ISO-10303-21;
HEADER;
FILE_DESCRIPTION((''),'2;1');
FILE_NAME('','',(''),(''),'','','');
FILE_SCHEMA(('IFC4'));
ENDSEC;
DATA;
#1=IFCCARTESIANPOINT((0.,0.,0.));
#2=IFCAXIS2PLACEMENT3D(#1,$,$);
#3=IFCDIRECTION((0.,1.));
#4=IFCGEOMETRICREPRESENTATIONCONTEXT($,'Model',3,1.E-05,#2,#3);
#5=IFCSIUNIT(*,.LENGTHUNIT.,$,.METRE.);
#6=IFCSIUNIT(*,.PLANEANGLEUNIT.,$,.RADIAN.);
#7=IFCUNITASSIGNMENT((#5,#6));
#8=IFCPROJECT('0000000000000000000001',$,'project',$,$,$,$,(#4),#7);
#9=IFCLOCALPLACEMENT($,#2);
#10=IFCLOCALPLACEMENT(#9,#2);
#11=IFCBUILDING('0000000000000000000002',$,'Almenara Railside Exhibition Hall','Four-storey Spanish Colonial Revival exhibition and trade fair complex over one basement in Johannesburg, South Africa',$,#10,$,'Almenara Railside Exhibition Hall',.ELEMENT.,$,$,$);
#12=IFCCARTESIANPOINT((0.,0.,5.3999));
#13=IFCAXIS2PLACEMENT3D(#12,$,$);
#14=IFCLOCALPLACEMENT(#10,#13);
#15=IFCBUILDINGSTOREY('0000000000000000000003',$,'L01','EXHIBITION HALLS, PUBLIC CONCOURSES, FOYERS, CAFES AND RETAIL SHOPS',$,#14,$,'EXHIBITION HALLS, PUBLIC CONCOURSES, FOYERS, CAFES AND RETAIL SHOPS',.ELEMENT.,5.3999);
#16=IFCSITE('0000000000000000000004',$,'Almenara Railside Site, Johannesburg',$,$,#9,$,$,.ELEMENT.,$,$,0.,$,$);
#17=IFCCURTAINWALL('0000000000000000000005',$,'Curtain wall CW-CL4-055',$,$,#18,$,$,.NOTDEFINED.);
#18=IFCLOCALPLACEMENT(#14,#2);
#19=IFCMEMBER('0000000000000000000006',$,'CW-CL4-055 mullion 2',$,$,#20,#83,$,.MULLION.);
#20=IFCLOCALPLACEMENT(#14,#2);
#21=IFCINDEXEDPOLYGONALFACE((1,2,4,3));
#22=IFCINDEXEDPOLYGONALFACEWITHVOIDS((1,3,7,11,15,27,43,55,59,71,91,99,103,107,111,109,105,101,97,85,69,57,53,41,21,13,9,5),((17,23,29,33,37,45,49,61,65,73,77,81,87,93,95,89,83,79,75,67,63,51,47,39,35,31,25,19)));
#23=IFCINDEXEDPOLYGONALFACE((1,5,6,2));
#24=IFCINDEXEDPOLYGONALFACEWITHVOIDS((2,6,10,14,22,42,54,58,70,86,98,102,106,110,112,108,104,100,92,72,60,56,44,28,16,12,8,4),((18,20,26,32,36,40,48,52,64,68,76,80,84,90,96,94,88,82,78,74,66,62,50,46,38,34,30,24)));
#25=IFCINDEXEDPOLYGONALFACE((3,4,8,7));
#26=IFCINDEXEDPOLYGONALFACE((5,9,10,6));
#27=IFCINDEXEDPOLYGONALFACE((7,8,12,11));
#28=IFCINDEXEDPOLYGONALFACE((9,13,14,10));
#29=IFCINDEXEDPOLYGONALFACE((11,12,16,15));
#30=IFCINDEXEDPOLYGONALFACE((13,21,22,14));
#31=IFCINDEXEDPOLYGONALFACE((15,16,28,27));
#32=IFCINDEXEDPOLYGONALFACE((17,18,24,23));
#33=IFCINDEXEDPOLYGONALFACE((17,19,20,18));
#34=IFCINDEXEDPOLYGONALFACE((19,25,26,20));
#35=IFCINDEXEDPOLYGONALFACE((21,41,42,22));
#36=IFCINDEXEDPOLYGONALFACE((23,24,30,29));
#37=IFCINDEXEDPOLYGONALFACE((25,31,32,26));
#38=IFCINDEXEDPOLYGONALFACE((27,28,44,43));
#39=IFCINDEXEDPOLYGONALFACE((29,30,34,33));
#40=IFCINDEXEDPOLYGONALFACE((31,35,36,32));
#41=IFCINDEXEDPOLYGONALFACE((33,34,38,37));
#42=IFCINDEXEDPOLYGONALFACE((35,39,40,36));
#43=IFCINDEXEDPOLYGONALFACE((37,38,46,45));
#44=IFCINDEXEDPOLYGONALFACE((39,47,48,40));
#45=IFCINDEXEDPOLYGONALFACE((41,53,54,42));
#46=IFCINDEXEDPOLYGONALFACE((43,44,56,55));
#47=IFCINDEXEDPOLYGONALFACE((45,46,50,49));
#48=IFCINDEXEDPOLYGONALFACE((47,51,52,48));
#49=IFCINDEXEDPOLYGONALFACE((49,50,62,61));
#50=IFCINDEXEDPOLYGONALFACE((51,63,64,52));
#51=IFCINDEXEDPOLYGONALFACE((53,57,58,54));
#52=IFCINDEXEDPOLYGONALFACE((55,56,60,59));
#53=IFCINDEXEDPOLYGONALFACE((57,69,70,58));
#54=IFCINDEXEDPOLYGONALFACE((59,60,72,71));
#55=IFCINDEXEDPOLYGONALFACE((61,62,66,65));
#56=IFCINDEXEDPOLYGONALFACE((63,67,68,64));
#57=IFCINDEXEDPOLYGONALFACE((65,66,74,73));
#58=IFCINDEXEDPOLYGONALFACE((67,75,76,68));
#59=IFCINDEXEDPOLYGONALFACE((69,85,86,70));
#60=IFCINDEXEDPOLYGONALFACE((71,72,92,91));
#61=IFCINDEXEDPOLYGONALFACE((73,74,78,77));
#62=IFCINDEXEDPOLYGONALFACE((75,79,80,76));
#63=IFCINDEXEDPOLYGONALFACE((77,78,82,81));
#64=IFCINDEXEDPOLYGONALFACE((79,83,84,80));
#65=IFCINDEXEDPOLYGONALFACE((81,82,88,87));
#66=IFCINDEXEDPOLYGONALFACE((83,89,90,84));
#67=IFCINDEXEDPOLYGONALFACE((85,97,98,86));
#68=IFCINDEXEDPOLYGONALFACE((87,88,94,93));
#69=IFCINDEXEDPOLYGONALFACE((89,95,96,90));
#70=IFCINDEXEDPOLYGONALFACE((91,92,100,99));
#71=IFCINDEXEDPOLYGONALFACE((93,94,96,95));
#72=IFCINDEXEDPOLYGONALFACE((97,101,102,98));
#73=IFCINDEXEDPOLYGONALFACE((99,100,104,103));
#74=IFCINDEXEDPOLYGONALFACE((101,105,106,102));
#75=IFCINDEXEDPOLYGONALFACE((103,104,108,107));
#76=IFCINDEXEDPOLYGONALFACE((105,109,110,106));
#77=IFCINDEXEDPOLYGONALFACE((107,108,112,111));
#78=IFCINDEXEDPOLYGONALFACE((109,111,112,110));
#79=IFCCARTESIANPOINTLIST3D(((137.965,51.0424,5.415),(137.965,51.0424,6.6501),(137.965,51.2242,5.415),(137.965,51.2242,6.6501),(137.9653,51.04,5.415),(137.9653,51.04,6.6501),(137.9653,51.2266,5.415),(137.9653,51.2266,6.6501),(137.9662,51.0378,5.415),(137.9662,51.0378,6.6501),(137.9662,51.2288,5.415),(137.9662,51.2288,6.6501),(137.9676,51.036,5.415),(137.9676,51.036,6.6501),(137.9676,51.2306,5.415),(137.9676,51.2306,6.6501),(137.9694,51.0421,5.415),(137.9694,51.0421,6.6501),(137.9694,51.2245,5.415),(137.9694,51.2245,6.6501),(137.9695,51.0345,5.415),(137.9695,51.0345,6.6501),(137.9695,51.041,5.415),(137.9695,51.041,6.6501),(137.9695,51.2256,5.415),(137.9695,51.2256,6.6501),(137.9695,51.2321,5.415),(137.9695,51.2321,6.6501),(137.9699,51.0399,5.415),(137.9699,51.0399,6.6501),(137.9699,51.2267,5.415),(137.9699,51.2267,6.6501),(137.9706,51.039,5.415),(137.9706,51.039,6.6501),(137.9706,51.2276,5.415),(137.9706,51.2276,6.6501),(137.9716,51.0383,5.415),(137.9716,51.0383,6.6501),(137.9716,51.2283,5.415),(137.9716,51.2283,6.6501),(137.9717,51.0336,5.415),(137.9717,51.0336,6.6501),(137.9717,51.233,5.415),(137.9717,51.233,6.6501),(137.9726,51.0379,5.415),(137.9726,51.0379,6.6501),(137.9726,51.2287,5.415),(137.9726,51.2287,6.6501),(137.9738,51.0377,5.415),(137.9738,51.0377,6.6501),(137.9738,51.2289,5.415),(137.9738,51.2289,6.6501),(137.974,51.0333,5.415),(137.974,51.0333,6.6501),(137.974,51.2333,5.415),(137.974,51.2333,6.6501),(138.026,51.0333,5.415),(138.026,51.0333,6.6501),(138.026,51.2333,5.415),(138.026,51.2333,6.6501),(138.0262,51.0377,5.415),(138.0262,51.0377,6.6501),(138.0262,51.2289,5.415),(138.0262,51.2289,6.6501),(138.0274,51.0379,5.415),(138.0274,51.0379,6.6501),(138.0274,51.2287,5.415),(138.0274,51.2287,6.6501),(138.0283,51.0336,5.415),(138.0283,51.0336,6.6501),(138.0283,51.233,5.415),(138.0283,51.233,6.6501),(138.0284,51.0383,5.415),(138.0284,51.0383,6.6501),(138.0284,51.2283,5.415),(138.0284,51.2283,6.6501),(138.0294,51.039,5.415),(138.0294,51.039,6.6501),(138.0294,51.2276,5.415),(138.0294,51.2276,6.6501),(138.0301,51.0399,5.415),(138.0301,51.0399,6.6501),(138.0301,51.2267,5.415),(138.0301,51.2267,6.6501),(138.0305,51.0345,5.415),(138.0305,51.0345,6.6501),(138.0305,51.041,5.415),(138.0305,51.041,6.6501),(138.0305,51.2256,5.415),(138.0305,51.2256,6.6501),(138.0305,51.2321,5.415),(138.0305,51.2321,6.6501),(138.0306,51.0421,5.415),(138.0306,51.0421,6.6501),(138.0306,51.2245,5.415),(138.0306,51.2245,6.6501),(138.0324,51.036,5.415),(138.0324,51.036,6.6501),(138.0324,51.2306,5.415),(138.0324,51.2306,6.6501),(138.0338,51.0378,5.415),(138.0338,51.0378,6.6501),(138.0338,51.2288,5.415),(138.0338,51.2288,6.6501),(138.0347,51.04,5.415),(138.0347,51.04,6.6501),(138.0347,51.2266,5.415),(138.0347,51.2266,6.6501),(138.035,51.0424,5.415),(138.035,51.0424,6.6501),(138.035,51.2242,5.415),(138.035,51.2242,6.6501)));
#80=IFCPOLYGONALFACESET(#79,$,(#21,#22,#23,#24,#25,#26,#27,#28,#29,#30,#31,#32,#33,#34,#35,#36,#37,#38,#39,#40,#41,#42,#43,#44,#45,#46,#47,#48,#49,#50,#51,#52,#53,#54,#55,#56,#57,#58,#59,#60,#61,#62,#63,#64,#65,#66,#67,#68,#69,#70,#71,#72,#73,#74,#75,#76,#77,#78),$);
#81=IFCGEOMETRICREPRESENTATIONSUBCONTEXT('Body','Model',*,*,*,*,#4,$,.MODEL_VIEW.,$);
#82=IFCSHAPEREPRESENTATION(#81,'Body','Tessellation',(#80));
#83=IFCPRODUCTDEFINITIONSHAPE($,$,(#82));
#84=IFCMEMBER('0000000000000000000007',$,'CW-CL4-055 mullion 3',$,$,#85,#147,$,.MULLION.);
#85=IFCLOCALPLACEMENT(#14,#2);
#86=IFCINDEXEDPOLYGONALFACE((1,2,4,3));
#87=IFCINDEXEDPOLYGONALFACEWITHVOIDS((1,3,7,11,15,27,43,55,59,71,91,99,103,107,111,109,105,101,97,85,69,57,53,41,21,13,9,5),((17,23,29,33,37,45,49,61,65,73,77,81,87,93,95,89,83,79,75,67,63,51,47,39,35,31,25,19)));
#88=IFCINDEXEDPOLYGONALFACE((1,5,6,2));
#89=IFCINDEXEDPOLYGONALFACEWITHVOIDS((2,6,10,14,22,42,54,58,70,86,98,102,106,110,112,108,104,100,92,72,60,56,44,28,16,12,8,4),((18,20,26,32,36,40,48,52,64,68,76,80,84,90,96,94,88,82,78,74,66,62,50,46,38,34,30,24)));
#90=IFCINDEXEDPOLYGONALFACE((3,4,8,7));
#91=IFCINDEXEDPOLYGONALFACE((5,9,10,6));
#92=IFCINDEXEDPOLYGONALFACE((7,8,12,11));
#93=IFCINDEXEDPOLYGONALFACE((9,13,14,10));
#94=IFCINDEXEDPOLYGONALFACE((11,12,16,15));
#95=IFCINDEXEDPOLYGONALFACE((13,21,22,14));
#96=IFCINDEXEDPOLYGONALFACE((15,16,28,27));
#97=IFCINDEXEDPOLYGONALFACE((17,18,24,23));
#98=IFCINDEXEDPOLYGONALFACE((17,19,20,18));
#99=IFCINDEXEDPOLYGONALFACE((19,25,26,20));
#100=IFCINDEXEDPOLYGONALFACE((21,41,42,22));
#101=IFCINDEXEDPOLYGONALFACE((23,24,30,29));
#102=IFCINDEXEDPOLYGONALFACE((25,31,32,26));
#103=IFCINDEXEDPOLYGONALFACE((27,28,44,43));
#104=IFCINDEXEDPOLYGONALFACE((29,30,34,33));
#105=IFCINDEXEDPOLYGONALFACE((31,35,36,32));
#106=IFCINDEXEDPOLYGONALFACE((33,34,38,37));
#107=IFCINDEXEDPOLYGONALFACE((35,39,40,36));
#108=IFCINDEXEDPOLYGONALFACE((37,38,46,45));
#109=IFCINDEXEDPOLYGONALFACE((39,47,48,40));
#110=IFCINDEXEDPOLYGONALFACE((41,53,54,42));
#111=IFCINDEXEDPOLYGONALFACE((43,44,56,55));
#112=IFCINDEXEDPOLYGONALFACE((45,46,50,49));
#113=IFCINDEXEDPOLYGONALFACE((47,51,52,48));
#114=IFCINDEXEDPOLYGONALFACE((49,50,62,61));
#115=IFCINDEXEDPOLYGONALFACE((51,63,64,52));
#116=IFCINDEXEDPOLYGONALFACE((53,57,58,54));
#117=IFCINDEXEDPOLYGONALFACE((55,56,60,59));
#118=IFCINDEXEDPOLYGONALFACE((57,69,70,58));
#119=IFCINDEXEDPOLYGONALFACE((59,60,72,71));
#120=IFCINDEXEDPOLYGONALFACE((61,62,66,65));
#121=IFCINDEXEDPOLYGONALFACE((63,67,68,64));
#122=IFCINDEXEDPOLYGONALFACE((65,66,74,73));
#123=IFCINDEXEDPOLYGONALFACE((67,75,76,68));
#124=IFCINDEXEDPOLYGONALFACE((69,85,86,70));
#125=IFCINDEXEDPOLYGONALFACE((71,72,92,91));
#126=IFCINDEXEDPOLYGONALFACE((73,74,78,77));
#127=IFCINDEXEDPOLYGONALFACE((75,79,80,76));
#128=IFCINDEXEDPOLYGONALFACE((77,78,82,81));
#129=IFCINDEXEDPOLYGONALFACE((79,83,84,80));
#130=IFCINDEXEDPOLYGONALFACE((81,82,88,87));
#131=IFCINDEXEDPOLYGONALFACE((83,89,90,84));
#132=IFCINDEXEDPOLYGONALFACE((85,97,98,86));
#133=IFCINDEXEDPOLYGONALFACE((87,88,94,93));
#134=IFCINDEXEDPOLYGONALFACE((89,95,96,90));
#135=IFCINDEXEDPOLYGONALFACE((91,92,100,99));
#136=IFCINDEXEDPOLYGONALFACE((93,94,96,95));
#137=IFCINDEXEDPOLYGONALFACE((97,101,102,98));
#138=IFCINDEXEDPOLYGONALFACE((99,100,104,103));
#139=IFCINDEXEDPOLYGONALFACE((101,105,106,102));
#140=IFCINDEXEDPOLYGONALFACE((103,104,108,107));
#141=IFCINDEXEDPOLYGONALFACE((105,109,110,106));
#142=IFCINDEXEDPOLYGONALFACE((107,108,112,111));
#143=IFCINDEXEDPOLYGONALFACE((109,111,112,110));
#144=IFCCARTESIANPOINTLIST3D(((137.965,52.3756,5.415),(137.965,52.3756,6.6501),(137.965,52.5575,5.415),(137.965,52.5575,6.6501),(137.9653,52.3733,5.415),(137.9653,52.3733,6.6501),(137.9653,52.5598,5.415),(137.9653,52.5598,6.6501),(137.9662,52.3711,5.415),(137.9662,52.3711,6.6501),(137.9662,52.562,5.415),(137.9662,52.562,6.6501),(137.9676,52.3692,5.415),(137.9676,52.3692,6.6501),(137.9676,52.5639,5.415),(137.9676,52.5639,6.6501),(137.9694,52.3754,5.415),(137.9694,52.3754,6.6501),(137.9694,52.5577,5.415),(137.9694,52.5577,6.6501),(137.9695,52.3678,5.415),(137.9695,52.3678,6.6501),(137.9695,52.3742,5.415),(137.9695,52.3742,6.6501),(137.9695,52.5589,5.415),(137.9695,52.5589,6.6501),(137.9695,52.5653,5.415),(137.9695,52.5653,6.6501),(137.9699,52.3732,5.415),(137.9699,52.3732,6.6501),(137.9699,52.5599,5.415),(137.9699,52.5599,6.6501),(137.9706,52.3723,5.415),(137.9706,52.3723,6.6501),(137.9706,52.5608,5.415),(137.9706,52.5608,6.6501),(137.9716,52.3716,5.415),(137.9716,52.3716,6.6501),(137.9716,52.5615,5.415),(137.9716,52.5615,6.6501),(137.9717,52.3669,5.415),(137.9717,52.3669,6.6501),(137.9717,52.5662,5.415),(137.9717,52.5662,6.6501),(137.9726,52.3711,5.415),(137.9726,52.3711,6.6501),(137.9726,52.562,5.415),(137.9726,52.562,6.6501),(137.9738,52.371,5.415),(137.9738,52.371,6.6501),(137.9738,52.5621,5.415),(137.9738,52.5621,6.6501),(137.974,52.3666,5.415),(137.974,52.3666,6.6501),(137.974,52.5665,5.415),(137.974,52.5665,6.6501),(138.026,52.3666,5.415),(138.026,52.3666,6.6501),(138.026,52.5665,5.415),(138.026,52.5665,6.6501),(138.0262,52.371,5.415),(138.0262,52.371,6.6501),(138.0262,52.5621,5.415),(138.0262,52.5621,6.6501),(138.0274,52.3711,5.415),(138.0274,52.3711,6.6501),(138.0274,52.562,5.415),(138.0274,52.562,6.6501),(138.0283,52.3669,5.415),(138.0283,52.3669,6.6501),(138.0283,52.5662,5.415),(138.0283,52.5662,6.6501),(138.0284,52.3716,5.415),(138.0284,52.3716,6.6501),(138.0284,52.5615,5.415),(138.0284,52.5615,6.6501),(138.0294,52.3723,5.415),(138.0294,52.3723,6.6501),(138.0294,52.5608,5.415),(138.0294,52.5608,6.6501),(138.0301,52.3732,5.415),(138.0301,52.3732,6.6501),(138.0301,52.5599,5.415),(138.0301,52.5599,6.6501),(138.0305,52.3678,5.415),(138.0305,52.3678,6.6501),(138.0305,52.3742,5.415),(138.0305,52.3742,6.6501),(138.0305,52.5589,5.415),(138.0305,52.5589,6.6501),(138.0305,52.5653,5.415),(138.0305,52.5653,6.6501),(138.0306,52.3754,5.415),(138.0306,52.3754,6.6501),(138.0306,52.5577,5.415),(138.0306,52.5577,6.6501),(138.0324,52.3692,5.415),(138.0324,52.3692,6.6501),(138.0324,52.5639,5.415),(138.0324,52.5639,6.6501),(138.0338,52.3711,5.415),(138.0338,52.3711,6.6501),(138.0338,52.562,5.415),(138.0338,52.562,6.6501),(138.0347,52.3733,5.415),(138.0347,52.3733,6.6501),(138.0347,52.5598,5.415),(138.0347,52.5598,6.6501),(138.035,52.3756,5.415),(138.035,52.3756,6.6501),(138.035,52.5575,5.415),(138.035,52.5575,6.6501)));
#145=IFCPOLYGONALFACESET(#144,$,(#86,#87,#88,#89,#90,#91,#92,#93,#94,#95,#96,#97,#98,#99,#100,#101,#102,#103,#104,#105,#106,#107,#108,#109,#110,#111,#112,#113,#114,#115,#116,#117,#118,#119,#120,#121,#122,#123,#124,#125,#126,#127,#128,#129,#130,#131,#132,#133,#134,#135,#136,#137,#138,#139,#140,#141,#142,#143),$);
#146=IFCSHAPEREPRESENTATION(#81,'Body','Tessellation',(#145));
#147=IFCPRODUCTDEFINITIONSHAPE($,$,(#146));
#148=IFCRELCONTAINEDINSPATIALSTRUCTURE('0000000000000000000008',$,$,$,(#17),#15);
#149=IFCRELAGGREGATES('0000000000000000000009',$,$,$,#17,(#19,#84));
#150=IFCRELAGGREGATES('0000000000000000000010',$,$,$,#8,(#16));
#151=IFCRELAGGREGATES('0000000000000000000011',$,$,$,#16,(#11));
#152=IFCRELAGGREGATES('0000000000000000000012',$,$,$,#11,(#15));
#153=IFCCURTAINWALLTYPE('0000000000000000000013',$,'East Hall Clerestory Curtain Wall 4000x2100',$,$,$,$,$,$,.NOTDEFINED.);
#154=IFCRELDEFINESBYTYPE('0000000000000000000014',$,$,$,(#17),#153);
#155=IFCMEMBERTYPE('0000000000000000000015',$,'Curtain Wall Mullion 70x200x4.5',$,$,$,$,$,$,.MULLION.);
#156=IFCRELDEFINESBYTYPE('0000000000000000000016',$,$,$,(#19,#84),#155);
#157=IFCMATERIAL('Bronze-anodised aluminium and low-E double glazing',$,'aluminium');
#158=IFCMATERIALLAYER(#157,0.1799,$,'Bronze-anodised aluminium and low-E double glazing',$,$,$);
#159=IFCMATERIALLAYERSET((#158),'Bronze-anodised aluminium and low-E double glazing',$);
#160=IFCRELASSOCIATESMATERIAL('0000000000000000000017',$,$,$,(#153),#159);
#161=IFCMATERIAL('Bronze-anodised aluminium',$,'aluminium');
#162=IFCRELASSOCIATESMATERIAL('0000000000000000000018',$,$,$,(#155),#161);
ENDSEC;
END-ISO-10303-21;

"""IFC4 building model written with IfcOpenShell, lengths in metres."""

from ifc_helpers import new_model, si_unit, direction, frame, origin, origin_2d, place, context, subcontext, project, spatial, hollow_rectangle, extrude, material, layer, layer_set, material_profile, profile_set, type_object, element, aggregate, save


model = new_model("IFC4")

# Units and contexts
model_context = context("Model", 3, precision=1e-05, world=origin(), true_north=direction((0.0, 1.0)))
body_context = subcontext(model_context, "Body", "Model", "MODEL_VIEW")
ifc_project = project(units=[si_unit("LENGTHUNIT", "METRE"), si_unit("PLANEANGLEUNIT", "RADIAN")], contexts=[model_context])

# Site, building, storey
site_placement = place(None, origin())
site = spatial("IfcSite", under=ifc_project, at=site_placement, Name="Almenara Railside Site, Johannesburg", CompositionType="ELEMENT", RefElevation=0.0)
building_placement = place(site_placement, origin())
building = spatial("IfcBuilding", under=site, at=building_placement, Name="Almenara Railside Exhibition Hall", Description="Four-storey Spanish Colonial Revival exhibition and trade fair complex over one basement in Johannesburg, South Africa", LongName="Almenara Railside Exhibition Hall", CompositionType="ELEMENT")
storey_placement = place(building_placement, frame((0.0, 0.0, 5.3999)))
storey = spatial("IfcBuildingStorey", under=building, at=storey_placement, Name="L01", Description="EXHIBITION HALLS, PUBLIC CONCOURSES, FOYERS, CAFES AND RETAIL SHOPS", LongName="EXHIBITION HALLS, PUBLIC CONCOURSES, FOYERS, CAFES AND RETAIL SHOPS", CompositionType="ELEMENT", Elevation=5.3999)

# Shared definitions
ifc_material_1 = material(Name="Bronze-anodised aluminium and low-E double glazing", Category="aluminium")
ifc_material_2 = material(Name="Bronze-anodised aluminium", Category="aluminium")

# Curtain wall, members
ifc_layer_1 = layer(ifc_material_1, 0.1799, Name="Bronze-anodised aluminium and low-E double glazing")
ifc_layer_set_1 = layer_set([ifc_layer_1], Name="Bronze-anodised aluminium and low-E double glazing")
curtain_wall_type_1 = type_object("IfcCurtainWallType", Name="East Hall Clerestory Curtain Wall 4000x2100", PredefinedType="NOTDEFINED", material=ifc_layer_set_1)
curtain_wall_1_placement = place(storey_placement, origin())
curtain_wall_1 = element("IfcCurtainWall", 1, at=curtain_wall_1_placement, inside=storey, type_object=curtain_wall_type_1, Name="Curtain wall CW-CL4-055", PredefinedType="NOTDEFINED")
ifc_material_profile_1 = material_profile(ifc_material_2, hollow_rectangle(XDim=0.0701, YDim=0.2, WallThickness=0.0044, InnerFilletRadius=0.0044, OuterFilletRadius=0.009, at=origin_2d()), Name="ALU-MUL 70x200x4.5")
ifc_profile_set_1 = profile_set([ifc_material_profile_1], Name="Bronze-anodised aluminium")
member_type_1 = type_object("IfcMemberType", Name="Curtain Wall Mullion 70x200x4.5", PredefinedType="MULLION", material=ifc_profile_set_1)
member_1_placement = place(storey_placement, frame((138.0, 51.1333, 5.415), z_axis=(0.0, 0.0, 1.0), x_axis=(-1.0, 0.0, 0.0)))
member_1 = element("IfcMember", 2, at=member_1_placement, type_object=member_type_1, Name="CW-CL4-055 mullion 2", PredefinedType="MULLION", context=body_context, shape_type="SweptSolid", body=[
    extrude(hollow_rectangle(XDim=0.0701, YDim=0.2, WallThickness=0.0044, InnerFilletRadius=0.0044, OuterFilletRadius=0.009, at=origin_2d()), origin(), (0.0, 0.0, 1.0), 1.2351),
])
member_2_placement = place(storey_placement, frame((138.0, 52.4666, 5.415), z_axis=(0.0, 0.0, 1.0), x_axis=(-1.0, 0.0, 0.0)))
member_2 = element("IfcMember", 3, at=member_2_placement, type_object=member_type_1, Name="CW-CL4-055 mullion 3", PredefinedType="MULLION", context=body_context, shape_type="SweptSolid", body=[
    extrude(hollow_rectangle(XDim=0.0701, YDim=0.2, WallThickness=0.0044, InnerFilletRadius=0.0044, OuterFilletRadius=0.009, at=origin_2d()), origin(), (0.0, 0.0, 1.0), 1.2351),
])
aggregate(curtain_wall_1, [member_1, member_2])

save(model, "model.ifc")
